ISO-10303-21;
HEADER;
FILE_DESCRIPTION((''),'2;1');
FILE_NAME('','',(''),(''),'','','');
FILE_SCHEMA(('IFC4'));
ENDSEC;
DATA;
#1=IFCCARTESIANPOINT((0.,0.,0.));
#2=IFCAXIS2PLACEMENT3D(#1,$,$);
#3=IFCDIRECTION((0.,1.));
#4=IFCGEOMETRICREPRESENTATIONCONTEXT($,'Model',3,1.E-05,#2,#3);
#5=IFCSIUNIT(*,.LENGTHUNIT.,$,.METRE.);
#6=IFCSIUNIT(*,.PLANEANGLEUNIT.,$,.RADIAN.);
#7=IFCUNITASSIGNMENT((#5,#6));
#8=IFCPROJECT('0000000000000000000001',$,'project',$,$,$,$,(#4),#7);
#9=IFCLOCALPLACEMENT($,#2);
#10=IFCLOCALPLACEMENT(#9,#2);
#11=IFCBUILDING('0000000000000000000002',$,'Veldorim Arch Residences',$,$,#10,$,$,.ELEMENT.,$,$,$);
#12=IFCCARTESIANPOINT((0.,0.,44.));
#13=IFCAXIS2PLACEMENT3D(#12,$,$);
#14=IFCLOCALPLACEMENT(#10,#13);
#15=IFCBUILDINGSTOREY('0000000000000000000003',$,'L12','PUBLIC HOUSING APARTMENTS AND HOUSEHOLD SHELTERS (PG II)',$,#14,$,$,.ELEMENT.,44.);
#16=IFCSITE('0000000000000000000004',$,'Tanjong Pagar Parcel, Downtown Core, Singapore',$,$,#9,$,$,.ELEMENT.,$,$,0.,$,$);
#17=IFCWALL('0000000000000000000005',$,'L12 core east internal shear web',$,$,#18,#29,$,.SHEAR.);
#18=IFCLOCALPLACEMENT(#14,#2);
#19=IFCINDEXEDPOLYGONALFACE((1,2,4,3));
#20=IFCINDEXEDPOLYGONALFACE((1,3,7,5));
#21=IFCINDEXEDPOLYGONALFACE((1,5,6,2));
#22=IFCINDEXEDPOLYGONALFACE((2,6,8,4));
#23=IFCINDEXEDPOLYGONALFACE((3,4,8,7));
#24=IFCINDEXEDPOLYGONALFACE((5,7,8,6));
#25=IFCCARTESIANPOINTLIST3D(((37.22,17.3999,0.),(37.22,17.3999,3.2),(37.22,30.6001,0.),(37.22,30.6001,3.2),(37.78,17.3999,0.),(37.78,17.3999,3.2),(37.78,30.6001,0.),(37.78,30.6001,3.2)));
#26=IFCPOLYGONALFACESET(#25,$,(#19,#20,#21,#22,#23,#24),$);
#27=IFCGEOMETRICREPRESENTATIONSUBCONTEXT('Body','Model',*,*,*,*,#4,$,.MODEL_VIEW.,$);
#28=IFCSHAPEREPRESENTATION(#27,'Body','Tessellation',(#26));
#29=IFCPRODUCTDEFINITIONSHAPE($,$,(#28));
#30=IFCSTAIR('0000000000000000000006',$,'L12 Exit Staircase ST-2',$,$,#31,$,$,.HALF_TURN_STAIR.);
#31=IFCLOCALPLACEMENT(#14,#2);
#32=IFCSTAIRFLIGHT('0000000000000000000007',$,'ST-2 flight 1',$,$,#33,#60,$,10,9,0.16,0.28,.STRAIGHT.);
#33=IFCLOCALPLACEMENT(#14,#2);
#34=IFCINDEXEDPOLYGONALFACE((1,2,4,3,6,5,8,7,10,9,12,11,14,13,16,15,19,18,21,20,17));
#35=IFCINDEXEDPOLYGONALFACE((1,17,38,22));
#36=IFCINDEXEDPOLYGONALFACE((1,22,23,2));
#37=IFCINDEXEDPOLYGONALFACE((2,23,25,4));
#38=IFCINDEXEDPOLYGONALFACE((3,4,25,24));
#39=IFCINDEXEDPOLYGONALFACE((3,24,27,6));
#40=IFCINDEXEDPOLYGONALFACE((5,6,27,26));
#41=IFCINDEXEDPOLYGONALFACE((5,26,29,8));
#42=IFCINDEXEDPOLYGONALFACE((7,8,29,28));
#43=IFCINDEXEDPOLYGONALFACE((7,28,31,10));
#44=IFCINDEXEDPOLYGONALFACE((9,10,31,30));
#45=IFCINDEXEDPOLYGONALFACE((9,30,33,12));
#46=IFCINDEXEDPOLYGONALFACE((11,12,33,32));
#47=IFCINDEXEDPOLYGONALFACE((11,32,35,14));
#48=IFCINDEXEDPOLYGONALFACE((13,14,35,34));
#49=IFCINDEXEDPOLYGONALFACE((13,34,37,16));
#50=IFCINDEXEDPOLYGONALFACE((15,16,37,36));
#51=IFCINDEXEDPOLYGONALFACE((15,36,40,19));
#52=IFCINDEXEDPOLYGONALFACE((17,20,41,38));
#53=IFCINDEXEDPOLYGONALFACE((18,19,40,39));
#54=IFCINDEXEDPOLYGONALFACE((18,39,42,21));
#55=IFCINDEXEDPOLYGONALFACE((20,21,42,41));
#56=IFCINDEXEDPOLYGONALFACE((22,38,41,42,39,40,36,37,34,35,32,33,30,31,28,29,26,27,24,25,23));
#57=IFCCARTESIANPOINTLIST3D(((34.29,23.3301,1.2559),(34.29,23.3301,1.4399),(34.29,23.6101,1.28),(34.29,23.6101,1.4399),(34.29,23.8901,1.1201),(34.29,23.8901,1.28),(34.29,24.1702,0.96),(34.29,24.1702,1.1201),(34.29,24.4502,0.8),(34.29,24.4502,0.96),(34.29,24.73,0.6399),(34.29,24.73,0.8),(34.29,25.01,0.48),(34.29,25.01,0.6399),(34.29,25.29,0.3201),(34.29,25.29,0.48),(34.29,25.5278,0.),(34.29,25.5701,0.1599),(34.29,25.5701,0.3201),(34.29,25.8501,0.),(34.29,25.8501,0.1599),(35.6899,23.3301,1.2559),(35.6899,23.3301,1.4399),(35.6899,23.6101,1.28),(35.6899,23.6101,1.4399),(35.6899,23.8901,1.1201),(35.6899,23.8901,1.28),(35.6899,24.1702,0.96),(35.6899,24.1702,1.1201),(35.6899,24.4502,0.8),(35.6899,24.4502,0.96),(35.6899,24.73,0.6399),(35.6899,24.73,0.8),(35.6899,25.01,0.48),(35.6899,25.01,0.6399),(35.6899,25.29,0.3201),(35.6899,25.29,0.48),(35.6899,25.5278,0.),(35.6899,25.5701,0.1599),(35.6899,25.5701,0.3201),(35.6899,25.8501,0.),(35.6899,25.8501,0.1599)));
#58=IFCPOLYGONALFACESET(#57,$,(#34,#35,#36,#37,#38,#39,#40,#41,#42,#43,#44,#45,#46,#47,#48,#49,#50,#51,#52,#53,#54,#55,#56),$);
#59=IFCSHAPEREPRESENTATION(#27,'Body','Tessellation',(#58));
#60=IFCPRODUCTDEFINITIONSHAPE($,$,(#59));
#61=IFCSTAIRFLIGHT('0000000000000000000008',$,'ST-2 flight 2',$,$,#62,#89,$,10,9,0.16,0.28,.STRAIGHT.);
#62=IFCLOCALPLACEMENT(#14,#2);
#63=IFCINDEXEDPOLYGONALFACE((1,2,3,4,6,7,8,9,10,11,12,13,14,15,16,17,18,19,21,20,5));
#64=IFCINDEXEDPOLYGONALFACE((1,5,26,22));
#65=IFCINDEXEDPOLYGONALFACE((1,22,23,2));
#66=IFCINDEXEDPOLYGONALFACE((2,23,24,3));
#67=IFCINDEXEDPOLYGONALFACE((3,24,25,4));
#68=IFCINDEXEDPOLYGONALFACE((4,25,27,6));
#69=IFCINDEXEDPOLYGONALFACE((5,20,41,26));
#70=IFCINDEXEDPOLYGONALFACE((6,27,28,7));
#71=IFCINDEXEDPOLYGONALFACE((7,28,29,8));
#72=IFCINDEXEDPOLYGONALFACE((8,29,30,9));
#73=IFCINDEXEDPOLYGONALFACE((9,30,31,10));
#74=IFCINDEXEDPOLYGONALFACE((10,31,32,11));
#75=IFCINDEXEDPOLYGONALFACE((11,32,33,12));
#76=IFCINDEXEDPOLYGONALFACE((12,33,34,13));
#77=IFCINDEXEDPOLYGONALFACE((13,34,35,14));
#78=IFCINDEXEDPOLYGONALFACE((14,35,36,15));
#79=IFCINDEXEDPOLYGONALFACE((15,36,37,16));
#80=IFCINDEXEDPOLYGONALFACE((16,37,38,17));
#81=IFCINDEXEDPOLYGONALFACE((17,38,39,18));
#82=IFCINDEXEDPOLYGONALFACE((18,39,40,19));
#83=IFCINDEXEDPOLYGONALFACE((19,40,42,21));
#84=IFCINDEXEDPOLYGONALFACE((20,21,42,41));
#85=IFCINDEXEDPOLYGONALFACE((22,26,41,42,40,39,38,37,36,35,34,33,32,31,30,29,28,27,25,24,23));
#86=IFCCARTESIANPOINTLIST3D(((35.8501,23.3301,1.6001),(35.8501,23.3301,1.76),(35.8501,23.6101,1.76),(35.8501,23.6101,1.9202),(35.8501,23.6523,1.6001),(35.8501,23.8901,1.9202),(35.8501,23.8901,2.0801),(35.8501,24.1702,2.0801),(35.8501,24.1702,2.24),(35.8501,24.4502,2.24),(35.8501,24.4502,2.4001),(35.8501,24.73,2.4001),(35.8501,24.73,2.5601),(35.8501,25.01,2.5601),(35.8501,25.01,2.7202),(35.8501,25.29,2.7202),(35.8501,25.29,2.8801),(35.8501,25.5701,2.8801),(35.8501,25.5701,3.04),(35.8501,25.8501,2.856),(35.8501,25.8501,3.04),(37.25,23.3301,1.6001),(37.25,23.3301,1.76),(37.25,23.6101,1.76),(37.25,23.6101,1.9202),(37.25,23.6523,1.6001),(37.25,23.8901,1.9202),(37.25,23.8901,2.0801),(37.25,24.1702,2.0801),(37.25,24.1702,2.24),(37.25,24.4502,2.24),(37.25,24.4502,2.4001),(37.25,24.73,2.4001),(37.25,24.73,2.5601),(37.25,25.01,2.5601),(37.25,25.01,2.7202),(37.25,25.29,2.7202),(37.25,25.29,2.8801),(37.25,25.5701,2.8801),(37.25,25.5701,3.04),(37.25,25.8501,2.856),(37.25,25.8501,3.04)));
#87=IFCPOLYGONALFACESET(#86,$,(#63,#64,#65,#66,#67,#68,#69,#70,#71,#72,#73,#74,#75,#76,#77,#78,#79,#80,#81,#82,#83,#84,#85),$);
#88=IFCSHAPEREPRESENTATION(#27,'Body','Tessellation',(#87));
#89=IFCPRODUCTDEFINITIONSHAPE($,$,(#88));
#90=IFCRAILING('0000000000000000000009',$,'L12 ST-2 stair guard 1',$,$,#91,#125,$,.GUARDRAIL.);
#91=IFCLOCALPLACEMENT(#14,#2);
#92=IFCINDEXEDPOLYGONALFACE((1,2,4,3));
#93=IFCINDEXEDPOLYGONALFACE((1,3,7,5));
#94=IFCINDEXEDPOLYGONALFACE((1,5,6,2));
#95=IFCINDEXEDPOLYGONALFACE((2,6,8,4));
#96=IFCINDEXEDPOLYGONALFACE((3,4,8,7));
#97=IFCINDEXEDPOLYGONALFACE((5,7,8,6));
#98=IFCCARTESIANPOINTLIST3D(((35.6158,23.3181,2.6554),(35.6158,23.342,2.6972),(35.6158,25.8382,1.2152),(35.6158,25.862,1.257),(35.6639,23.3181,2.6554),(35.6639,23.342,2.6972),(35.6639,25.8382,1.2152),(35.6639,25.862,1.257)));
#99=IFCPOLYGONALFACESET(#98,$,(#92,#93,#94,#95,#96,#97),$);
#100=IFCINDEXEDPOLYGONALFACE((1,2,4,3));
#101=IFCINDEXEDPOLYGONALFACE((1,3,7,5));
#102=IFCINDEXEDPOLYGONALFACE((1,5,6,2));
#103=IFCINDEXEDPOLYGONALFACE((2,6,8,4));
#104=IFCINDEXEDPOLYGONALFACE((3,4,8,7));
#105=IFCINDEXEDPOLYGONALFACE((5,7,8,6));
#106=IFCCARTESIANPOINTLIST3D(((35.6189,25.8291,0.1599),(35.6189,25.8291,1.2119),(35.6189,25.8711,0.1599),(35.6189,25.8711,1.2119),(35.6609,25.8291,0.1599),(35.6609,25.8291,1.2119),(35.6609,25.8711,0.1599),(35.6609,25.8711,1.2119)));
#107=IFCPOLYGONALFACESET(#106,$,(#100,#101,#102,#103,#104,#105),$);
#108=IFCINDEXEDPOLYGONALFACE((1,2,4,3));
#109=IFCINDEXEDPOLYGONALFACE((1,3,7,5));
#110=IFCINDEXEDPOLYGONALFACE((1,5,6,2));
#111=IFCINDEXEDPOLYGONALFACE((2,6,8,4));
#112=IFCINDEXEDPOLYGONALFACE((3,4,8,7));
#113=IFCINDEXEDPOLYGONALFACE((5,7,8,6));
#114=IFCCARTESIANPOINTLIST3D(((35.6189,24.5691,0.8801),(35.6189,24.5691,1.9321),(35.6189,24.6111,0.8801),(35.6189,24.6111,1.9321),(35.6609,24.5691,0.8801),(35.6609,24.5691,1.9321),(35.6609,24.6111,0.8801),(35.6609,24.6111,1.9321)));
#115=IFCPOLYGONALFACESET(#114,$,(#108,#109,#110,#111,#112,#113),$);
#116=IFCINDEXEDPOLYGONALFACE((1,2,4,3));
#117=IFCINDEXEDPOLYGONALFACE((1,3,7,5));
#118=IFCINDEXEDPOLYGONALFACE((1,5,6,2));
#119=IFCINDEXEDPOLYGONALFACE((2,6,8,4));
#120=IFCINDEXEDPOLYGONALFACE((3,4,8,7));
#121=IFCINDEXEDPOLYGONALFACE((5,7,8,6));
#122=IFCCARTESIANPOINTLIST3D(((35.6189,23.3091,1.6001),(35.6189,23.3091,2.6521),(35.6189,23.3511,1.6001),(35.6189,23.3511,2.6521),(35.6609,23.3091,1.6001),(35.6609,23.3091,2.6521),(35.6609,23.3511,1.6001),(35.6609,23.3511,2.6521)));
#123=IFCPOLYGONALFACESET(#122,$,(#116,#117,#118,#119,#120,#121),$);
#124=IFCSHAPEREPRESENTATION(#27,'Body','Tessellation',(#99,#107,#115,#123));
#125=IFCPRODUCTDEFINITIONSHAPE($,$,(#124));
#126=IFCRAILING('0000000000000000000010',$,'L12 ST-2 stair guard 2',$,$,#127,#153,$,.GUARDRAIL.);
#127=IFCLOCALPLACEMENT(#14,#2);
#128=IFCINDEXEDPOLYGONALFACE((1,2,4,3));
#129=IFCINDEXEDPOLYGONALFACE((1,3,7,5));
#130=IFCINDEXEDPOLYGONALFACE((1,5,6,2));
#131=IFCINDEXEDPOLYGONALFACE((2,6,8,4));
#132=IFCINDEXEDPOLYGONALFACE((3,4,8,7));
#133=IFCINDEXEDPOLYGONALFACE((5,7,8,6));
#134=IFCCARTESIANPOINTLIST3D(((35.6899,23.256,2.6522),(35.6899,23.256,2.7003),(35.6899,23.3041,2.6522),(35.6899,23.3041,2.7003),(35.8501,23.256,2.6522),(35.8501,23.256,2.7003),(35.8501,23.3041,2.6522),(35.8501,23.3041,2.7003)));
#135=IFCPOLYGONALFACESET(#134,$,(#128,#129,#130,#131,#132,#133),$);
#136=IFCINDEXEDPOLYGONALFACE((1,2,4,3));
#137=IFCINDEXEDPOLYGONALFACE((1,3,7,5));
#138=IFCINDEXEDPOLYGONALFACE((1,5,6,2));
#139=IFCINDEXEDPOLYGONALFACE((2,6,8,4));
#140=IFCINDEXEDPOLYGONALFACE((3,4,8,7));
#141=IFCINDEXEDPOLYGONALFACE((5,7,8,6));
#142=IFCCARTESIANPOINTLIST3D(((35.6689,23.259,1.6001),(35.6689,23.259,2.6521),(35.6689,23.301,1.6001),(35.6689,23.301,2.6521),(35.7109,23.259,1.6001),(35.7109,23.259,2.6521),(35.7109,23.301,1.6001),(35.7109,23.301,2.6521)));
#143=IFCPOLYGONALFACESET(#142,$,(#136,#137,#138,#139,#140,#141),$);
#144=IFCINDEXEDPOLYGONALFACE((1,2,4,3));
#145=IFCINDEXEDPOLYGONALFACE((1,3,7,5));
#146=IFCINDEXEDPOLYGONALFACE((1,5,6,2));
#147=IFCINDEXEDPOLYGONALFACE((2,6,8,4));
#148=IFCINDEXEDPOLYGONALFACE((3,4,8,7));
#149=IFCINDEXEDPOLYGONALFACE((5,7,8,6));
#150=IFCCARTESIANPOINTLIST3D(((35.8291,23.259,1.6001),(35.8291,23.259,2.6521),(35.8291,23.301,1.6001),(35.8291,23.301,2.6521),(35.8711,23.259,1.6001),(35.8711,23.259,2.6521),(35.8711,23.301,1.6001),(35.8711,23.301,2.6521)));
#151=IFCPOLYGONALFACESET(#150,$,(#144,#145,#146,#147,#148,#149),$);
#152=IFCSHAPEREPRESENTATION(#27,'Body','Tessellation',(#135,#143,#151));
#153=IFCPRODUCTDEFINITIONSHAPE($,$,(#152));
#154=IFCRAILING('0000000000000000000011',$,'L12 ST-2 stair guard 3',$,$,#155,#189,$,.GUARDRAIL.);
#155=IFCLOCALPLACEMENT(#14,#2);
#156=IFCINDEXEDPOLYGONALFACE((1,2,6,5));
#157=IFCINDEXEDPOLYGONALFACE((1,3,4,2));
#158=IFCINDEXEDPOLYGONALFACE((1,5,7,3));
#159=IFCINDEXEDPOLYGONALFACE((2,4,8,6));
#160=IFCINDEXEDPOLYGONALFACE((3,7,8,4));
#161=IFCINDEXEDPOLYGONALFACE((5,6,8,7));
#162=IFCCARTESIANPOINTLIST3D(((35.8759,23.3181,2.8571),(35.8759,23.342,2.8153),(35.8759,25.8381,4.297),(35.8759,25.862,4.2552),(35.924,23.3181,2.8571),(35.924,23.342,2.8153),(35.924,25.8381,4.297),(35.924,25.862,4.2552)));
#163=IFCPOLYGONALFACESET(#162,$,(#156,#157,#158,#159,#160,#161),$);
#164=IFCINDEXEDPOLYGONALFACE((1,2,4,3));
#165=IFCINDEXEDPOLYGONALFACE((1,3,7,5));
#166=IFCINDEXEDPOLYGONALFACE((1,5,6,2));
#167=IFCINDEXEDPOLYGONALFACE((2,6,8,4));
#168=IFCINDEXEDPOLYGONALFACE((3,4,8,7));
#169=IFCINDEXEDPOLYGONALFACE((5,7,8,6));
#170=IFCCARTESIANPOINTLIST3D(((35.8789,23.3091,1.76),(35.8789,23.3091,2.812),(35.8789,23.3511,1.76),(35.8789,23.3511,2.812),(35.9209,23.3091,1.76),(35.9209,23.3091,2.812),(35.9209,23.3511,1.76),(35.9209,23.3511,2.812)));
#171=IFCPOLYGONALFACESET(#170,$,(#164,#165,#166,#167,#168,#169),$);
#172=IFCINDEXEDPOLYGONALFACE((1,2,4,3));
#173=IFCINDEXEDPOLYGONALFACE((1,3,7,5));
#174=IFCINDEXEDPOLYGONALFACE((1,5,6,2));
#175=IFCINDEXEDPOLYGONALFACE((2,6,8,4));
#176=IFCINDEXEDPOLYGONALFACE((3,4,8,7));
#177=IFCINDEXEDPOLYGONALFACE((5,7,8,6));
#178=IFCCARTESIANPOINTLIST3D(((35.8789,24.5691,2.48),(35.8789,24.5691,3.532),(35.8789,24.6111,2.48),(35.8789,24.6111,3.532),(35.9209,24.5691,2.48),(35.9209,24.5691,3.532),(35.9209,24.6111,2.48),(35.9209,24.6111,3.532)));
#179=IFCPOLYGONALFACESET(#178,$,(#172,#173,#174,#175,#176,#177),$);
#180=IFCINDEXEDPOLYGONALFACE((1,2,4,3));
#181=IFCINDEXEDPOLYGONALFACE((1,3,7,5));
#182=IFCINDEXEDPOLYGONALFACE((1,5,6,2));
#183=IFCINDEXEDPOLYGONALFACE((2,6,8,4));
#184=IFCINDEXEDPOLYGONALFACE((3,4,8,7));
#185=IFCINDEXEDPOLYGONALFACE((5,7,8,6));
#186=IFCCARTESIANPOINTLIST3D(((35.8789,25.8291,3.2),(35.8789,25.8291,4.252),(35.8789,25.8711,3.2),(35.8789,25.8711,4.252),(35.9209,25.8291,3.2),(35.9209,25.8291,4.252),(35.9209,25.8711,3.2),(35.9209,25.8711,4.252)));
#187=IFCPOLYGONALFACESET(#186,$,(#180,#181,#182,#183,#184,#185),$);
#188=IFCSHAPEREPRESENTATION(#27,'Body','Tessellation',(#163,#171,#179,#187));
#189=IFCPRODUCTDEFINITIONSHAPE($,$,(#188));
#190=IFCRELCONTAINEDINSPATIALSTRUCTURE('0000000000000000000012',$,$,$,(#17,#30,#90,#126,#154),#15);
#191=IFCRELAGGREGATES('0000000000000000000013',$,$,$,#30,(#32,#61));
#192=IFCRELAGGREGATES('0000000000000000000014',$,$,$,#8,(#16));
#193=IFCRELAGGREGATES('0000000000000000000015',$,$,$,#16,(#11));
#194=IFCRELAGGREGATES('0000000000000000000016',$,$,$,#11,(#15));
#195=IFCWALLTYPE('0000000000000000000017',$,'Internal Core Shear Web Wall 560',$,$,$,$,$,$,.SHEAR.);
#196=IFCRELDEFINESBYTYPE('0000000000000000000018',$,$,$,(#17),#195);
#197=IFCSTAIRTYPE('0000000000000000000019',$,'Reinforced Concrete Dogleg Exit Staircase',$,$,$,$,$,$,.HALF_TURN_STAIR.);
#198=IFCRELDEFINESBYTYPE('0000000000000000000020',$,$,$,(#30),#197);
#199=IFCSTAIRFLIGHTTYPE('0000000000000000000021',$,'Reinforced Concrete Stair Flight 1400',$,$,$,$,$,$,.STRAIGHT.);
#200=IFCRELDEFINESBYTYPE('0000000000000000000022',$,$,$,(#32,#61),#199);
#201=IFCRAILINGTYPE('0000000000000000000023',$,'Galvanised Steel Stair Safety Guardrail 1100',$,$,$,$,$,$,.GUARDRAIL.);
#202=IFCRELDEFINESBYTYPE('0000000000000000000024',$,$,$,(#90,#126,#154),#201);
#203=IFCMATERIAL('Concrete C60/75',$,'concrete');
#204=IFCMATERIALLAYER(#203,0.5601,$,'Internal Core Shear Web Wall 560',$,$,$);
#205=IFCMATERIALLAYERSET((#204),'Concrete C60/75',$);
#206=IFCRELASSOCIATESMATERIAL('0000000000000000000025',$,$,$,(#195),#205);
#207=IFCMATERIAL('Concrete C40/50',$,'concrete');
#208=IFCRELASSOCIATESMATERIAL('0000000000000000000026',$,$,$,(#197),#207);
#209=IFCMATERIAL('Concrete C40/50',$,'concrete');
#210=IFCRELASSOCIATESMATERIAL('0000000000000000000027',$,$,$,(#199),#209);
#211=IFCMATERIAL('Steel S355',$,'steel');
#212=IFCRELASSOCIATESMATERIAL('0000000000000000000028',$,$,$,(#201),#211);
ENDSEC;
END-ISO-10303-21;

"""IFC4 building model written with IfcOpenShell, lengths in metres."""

from ifc_helpers import new_model, si_unit, direction, frame, frame_2d, origin, origin_2d, place, context, subcontext, project, spatial, polyline, rectangle, outline, extrude, material, layer, layer_set, type_object, element, aggregate, save


model = new_model("IFC4")

# Units and contexts
model_context = context("Model", 3, precision=1e-05, world=origin(), true_north=direction((0.0, 1.0)))
body_context = subcontext(model_context, "Body", "Model", "MODEL_VIEW")
ifc_project = project(units=[si_unit("LENGTHUNIT", "METRE"), si_unit("PLANEANGLEUNIT", "RADIAN")], contexts=[model_context])

# Site, building, storey
site_placement = place(None, origin())
site = spatial("IfcSite", under=ifc_project, at=site_placement, Name="Tanjong Pagar Parcel, Downtown Core, Singapore", CompositionType="ELEMENT", RefElevation=0.0)
building_placement = place(site_placement, origin())
building = spatial("IfcBuilding", under=site, at=building_placement, Name="Veldorim Arch Residences", CompositionType="ELEMENT")
storey_placement = place(building_placement, frame((0.0, 0.0, 44.0)))
storey = spatial("IfcBuildingStorey", under=building, at=storey_placement, Name="L12", Description="PUBLIC HOUSING APARTMENTS AND HOUSEHOLD SHELTERS (PG II)", CompositionType="ELEMENT", Elevation=44.0)

# Wall
ifc_material_1 = material(Name="Concrete C60/75", Category="concrete")
ifc_layer_1 = layer(ifc_material_1, 0.5601, Name="Internal Core Shear Web Wall 560")
ifc_layer_set_1 = layer_set([ifc_layer_1], Name="Concrete C60/75")
wall_type_1 = type_object("IfcWallType", Name="Internal Core Shear Web Wall 560", PredefinedType="SHEAR", material=ifc_layer_set_1)
wall_1_placement = place(storey_placement, frame((37.5, 17.3999, 0.0), z_axis=(0.0, 0.0, 1.0), x_axis=(0.0, 1.0, 0.0)))
element("IfcWall", 1, at=wall_1_placement, inside=storey, type_object=wall_type_1, Name="L12 core east internal shear web", PredefinedType="SHEAR", context=body_context, shape_type="SweptSolid", body=[
    extrude(rectangle(XDim=13.2002, YDim=0.5601, at=frame_2d((6.6001, 0.0))), origin(), (0.0, 0.0, 1.0), 3.2),
])

# Stair, stair flights
ifc_material_2 = material(Name="Concrete C40/50", Category="concrete")
stair_type = type_object("IfcStairType", Name="Reinforced Concrete Dogleg Exit Staircase", PredefinedType="HALF_TURN_STAIR", material=ifc_material_2)
stair_placement = place(storey_placement, origin())
stair = element("IfcStair", 2, at=stair_placement, inside=storey, type_object=stair_type, Name="L12 Exit Staircase ST-2", PredefinedType="HALF_TURN_STAIR")
ifc_material_3 = material(Name="Concrete C40/50", Category="concrete")
stair_flight_type = type_object("IfcStairFlightType", Name="Reinforced Concrete Stair Flight 1400", PredefinedType="STRAIGHT", material=ifc_material_3)
stair_flight_1_placement = place(storey_placement, frame((34.99, 25.8501, 0.0), z_axis=(0.0, 0.0, 1.0), x_axis=(0.0, -1.0, 0.0)))
stair_flight_1 = element("IfcStairFlight", 3, at=stair_flight_1_placement, type_object=stair_flight_type, Name="ST-2 flight 1", NumberOfRisers=10, NumberOfTreads=9, PredefinedType="STRAIGHT", RiserHeight=0.16, TreadLength=0.28, context=body_context, shape_type="SweptSolid", body=[
    extrude(outline(polyline([(0.0, 0.0), (0.0, 0.1599), (0.28, 0.1599), (0.28, 0.3201), (0.5601, 0.3201), (0.5601, 0.48), (0.8401, 0.48), (0.8401, 0.6399), (1.1201, 0.6399), (1.1201, 0.8), (1.3999, 0.8), (1.3999, 0.96), (1.6799, 0.96), (1.6799, 1.1201), (1.96, 1.1201), (1.96, 1.28), (2.24, 1.28), (2.24, 1.4399), (2.52, 1.4399), (2.52, 1.6001), (2.52, 1.2559), (0.3223, 0.0), (0.0, 0.0)])), frame((0.0, 0.7, 0.0), z_axis=(0.0, -1.0, 0.0), x_axis=(1.0, 0.0, 0.0)), (0.0, 0.0, 1.0), 1.3999),
])
stair_flight_2_placement = place(storey_placement, frame((36.55, 23.3301, 1.6001), z_axis=(0.0, 0.0, 1.0), x_axis=(0.0, 1.0, 0.0)))
stair_flight_2 = element("IfcStairFlight", 4, at=stair_flight_2_placement, type_object=stair_flight_type, Name="ST-2 flight 2", NumberOfRisers=10, NumberOfTreads=9, PredefinedType="STRAIGHT", RiserHeight=0.16, TreadLength=0.28, context=body_context, shape_type="SweptSolid", body=[
    extrude(outline(polyline([(0.0, 0.0), (0.0, 0.1599), (0.28, 0.1599), (0.28, 0.3201), (0.5601, 0.3201), (0.5601, 0.48), (0.8401, 0.48), (0.8401, 0.6399), (1.1201, 0.6399), (1.1201, 0.8), (1.3999, 0.8), (1.3999, 0.96), (1.6799, 0.96), (1.6799, 1.1201), (1.96, 1.1201), (1.96, 1.28), (2.24, 1.28), (2.24, 1.4399), (2.52, 1.4399), (2.52, 1.6001), (2.52, 1.2559), (0.3223, 0.0), (0.0, 0.0)])), frame((0.0, 0.7, 0.0), z_axis=(0.0, -1.0, 0.0), x_axis=(1.0, 0.0, 0.0)), (0.0, 0.0, 1.0), 1.3999),
])
aggregate(stair, [stair_flight_1, stair_flight_2])

# Railings
ifc_material_4 = material(Name="Steel S355", Category="steel")
railing_type_1 = type_object("IfcRailingType", Name="Galvanised Steel Stair Safety Guardrail 1100", PredefinedType="GUARDRAIL", material=ifc_material_4)
railing_1_placement = place(storey_placement, frame((35.6399, 25.8501, 0.1599)))
element("IfcRailing", 5, at=railing_1_placement, inside=storey, type_object=railing_type_1, Name="L12 ST-2 stair guard 1", PredefinedType="GUARDRAIL", context=body_context, shape_type="SweptSolid", body=[
    extrude(rectangle(XDim=0.0481, YDim=0.0481, at=origin_2d()), frame((0.0, 0.0, 1.0762), z_axis=(0.0, -0.868217, 0.496184), x_axis=(1.0, 0.0, 0.0)), (0.0, 0.0, 1.0), 2.9026),
    extrude(rectangle(XDim=0.042, YDim=0.042, at=origin_2d()), origin(), (0.0, 0.0, 1.0), 1.052),
    extrude(rectangle(XDim=0.042, YDim=0.042, at=origin_2d()), frame((0.0, -1.26, 0.7202)), (0.0, 0.0, 1.0), 1.052),
    extrude(rectangle(XDim=0.042, YDim=0.042, at=origin_2d()), frame((0.0, -2.52, 1.4402)), (0.0, 0.0, 1.0), 1.052),
])
railing_2_placement = place(storey_placement, frame((35.6899, 23.28, 1.6001)))
element("IfcRailing", 6, at=railing_2_placement, inside=storey, type_object=railing_type_1, Name="L12 ST-2 stair guard 2", PredefinedType="GUARDRAIL", context=body_context, shape_type="SweptSolid", body=[
    extrude(rectangle(XDim=0.0481, YDim=0.0481, at=origin_2d()), frame((0.0, 0.0, 1.0762), z_axis=(1.0, 0.0, 0.0), x_axis=(0.0, 1.0, 0.0)), (0.0, 0.0, 1.0), 0.1602),
    extrude(rectangle(XDim=0.042, YDim=0.042, at=origin_2d()), origin(), (0.0, 0.0, 1.0), 1.052),
    extrude(rectangle(XDim=0.042, YDim=0.042, at=origin_2d()), frame((0.1602, 0.0, 0.0)), (0.0, 0.0, 1.0), 1.052),
])
railing_3_placement = place(storey_placement, frame((35.8999, 23.3301, 1.76)))
element("IfcRailing", 7, at=railing_3_placement, inside=storey, type_object=railing_type_1, Name="L12 ST-2 stair guard 3", PredefinedType="GUARDRAIL", context=body_context, shape_type="SweptSolid", body=[
    extrude(rectangle(XDim=0.0481, YDim=0.0481, at=origin_2d()), frame((0.0, 0.0, 1.0762), z_axis=(0.0, 0.868253, 0.496121), x_axis=(-1.0, 0.0, 0.0)), (0.0, 0.0, 1.0), 2.9023),
    extrude(rectangle(XDim=0.042, YDim=0.042, at=origin_2d()), origin(), (0.0, 0.0, 1.0), 1.052),
    extrude(rectangle(XDim=0.042, YDim=0.042, at=origin_2d()), frame((0.0, 1.26, 0.72)), (0.0, 0.0, 1.0), 1.052),
    extrude(rectangle(XDim=0.042, YDim=0.042, at=origin_2d()), frame((0.0, 2.52, 1.4399)), (0.0, 0.0, 1.0), 1.052),
])

save(model, "model.ifc")
